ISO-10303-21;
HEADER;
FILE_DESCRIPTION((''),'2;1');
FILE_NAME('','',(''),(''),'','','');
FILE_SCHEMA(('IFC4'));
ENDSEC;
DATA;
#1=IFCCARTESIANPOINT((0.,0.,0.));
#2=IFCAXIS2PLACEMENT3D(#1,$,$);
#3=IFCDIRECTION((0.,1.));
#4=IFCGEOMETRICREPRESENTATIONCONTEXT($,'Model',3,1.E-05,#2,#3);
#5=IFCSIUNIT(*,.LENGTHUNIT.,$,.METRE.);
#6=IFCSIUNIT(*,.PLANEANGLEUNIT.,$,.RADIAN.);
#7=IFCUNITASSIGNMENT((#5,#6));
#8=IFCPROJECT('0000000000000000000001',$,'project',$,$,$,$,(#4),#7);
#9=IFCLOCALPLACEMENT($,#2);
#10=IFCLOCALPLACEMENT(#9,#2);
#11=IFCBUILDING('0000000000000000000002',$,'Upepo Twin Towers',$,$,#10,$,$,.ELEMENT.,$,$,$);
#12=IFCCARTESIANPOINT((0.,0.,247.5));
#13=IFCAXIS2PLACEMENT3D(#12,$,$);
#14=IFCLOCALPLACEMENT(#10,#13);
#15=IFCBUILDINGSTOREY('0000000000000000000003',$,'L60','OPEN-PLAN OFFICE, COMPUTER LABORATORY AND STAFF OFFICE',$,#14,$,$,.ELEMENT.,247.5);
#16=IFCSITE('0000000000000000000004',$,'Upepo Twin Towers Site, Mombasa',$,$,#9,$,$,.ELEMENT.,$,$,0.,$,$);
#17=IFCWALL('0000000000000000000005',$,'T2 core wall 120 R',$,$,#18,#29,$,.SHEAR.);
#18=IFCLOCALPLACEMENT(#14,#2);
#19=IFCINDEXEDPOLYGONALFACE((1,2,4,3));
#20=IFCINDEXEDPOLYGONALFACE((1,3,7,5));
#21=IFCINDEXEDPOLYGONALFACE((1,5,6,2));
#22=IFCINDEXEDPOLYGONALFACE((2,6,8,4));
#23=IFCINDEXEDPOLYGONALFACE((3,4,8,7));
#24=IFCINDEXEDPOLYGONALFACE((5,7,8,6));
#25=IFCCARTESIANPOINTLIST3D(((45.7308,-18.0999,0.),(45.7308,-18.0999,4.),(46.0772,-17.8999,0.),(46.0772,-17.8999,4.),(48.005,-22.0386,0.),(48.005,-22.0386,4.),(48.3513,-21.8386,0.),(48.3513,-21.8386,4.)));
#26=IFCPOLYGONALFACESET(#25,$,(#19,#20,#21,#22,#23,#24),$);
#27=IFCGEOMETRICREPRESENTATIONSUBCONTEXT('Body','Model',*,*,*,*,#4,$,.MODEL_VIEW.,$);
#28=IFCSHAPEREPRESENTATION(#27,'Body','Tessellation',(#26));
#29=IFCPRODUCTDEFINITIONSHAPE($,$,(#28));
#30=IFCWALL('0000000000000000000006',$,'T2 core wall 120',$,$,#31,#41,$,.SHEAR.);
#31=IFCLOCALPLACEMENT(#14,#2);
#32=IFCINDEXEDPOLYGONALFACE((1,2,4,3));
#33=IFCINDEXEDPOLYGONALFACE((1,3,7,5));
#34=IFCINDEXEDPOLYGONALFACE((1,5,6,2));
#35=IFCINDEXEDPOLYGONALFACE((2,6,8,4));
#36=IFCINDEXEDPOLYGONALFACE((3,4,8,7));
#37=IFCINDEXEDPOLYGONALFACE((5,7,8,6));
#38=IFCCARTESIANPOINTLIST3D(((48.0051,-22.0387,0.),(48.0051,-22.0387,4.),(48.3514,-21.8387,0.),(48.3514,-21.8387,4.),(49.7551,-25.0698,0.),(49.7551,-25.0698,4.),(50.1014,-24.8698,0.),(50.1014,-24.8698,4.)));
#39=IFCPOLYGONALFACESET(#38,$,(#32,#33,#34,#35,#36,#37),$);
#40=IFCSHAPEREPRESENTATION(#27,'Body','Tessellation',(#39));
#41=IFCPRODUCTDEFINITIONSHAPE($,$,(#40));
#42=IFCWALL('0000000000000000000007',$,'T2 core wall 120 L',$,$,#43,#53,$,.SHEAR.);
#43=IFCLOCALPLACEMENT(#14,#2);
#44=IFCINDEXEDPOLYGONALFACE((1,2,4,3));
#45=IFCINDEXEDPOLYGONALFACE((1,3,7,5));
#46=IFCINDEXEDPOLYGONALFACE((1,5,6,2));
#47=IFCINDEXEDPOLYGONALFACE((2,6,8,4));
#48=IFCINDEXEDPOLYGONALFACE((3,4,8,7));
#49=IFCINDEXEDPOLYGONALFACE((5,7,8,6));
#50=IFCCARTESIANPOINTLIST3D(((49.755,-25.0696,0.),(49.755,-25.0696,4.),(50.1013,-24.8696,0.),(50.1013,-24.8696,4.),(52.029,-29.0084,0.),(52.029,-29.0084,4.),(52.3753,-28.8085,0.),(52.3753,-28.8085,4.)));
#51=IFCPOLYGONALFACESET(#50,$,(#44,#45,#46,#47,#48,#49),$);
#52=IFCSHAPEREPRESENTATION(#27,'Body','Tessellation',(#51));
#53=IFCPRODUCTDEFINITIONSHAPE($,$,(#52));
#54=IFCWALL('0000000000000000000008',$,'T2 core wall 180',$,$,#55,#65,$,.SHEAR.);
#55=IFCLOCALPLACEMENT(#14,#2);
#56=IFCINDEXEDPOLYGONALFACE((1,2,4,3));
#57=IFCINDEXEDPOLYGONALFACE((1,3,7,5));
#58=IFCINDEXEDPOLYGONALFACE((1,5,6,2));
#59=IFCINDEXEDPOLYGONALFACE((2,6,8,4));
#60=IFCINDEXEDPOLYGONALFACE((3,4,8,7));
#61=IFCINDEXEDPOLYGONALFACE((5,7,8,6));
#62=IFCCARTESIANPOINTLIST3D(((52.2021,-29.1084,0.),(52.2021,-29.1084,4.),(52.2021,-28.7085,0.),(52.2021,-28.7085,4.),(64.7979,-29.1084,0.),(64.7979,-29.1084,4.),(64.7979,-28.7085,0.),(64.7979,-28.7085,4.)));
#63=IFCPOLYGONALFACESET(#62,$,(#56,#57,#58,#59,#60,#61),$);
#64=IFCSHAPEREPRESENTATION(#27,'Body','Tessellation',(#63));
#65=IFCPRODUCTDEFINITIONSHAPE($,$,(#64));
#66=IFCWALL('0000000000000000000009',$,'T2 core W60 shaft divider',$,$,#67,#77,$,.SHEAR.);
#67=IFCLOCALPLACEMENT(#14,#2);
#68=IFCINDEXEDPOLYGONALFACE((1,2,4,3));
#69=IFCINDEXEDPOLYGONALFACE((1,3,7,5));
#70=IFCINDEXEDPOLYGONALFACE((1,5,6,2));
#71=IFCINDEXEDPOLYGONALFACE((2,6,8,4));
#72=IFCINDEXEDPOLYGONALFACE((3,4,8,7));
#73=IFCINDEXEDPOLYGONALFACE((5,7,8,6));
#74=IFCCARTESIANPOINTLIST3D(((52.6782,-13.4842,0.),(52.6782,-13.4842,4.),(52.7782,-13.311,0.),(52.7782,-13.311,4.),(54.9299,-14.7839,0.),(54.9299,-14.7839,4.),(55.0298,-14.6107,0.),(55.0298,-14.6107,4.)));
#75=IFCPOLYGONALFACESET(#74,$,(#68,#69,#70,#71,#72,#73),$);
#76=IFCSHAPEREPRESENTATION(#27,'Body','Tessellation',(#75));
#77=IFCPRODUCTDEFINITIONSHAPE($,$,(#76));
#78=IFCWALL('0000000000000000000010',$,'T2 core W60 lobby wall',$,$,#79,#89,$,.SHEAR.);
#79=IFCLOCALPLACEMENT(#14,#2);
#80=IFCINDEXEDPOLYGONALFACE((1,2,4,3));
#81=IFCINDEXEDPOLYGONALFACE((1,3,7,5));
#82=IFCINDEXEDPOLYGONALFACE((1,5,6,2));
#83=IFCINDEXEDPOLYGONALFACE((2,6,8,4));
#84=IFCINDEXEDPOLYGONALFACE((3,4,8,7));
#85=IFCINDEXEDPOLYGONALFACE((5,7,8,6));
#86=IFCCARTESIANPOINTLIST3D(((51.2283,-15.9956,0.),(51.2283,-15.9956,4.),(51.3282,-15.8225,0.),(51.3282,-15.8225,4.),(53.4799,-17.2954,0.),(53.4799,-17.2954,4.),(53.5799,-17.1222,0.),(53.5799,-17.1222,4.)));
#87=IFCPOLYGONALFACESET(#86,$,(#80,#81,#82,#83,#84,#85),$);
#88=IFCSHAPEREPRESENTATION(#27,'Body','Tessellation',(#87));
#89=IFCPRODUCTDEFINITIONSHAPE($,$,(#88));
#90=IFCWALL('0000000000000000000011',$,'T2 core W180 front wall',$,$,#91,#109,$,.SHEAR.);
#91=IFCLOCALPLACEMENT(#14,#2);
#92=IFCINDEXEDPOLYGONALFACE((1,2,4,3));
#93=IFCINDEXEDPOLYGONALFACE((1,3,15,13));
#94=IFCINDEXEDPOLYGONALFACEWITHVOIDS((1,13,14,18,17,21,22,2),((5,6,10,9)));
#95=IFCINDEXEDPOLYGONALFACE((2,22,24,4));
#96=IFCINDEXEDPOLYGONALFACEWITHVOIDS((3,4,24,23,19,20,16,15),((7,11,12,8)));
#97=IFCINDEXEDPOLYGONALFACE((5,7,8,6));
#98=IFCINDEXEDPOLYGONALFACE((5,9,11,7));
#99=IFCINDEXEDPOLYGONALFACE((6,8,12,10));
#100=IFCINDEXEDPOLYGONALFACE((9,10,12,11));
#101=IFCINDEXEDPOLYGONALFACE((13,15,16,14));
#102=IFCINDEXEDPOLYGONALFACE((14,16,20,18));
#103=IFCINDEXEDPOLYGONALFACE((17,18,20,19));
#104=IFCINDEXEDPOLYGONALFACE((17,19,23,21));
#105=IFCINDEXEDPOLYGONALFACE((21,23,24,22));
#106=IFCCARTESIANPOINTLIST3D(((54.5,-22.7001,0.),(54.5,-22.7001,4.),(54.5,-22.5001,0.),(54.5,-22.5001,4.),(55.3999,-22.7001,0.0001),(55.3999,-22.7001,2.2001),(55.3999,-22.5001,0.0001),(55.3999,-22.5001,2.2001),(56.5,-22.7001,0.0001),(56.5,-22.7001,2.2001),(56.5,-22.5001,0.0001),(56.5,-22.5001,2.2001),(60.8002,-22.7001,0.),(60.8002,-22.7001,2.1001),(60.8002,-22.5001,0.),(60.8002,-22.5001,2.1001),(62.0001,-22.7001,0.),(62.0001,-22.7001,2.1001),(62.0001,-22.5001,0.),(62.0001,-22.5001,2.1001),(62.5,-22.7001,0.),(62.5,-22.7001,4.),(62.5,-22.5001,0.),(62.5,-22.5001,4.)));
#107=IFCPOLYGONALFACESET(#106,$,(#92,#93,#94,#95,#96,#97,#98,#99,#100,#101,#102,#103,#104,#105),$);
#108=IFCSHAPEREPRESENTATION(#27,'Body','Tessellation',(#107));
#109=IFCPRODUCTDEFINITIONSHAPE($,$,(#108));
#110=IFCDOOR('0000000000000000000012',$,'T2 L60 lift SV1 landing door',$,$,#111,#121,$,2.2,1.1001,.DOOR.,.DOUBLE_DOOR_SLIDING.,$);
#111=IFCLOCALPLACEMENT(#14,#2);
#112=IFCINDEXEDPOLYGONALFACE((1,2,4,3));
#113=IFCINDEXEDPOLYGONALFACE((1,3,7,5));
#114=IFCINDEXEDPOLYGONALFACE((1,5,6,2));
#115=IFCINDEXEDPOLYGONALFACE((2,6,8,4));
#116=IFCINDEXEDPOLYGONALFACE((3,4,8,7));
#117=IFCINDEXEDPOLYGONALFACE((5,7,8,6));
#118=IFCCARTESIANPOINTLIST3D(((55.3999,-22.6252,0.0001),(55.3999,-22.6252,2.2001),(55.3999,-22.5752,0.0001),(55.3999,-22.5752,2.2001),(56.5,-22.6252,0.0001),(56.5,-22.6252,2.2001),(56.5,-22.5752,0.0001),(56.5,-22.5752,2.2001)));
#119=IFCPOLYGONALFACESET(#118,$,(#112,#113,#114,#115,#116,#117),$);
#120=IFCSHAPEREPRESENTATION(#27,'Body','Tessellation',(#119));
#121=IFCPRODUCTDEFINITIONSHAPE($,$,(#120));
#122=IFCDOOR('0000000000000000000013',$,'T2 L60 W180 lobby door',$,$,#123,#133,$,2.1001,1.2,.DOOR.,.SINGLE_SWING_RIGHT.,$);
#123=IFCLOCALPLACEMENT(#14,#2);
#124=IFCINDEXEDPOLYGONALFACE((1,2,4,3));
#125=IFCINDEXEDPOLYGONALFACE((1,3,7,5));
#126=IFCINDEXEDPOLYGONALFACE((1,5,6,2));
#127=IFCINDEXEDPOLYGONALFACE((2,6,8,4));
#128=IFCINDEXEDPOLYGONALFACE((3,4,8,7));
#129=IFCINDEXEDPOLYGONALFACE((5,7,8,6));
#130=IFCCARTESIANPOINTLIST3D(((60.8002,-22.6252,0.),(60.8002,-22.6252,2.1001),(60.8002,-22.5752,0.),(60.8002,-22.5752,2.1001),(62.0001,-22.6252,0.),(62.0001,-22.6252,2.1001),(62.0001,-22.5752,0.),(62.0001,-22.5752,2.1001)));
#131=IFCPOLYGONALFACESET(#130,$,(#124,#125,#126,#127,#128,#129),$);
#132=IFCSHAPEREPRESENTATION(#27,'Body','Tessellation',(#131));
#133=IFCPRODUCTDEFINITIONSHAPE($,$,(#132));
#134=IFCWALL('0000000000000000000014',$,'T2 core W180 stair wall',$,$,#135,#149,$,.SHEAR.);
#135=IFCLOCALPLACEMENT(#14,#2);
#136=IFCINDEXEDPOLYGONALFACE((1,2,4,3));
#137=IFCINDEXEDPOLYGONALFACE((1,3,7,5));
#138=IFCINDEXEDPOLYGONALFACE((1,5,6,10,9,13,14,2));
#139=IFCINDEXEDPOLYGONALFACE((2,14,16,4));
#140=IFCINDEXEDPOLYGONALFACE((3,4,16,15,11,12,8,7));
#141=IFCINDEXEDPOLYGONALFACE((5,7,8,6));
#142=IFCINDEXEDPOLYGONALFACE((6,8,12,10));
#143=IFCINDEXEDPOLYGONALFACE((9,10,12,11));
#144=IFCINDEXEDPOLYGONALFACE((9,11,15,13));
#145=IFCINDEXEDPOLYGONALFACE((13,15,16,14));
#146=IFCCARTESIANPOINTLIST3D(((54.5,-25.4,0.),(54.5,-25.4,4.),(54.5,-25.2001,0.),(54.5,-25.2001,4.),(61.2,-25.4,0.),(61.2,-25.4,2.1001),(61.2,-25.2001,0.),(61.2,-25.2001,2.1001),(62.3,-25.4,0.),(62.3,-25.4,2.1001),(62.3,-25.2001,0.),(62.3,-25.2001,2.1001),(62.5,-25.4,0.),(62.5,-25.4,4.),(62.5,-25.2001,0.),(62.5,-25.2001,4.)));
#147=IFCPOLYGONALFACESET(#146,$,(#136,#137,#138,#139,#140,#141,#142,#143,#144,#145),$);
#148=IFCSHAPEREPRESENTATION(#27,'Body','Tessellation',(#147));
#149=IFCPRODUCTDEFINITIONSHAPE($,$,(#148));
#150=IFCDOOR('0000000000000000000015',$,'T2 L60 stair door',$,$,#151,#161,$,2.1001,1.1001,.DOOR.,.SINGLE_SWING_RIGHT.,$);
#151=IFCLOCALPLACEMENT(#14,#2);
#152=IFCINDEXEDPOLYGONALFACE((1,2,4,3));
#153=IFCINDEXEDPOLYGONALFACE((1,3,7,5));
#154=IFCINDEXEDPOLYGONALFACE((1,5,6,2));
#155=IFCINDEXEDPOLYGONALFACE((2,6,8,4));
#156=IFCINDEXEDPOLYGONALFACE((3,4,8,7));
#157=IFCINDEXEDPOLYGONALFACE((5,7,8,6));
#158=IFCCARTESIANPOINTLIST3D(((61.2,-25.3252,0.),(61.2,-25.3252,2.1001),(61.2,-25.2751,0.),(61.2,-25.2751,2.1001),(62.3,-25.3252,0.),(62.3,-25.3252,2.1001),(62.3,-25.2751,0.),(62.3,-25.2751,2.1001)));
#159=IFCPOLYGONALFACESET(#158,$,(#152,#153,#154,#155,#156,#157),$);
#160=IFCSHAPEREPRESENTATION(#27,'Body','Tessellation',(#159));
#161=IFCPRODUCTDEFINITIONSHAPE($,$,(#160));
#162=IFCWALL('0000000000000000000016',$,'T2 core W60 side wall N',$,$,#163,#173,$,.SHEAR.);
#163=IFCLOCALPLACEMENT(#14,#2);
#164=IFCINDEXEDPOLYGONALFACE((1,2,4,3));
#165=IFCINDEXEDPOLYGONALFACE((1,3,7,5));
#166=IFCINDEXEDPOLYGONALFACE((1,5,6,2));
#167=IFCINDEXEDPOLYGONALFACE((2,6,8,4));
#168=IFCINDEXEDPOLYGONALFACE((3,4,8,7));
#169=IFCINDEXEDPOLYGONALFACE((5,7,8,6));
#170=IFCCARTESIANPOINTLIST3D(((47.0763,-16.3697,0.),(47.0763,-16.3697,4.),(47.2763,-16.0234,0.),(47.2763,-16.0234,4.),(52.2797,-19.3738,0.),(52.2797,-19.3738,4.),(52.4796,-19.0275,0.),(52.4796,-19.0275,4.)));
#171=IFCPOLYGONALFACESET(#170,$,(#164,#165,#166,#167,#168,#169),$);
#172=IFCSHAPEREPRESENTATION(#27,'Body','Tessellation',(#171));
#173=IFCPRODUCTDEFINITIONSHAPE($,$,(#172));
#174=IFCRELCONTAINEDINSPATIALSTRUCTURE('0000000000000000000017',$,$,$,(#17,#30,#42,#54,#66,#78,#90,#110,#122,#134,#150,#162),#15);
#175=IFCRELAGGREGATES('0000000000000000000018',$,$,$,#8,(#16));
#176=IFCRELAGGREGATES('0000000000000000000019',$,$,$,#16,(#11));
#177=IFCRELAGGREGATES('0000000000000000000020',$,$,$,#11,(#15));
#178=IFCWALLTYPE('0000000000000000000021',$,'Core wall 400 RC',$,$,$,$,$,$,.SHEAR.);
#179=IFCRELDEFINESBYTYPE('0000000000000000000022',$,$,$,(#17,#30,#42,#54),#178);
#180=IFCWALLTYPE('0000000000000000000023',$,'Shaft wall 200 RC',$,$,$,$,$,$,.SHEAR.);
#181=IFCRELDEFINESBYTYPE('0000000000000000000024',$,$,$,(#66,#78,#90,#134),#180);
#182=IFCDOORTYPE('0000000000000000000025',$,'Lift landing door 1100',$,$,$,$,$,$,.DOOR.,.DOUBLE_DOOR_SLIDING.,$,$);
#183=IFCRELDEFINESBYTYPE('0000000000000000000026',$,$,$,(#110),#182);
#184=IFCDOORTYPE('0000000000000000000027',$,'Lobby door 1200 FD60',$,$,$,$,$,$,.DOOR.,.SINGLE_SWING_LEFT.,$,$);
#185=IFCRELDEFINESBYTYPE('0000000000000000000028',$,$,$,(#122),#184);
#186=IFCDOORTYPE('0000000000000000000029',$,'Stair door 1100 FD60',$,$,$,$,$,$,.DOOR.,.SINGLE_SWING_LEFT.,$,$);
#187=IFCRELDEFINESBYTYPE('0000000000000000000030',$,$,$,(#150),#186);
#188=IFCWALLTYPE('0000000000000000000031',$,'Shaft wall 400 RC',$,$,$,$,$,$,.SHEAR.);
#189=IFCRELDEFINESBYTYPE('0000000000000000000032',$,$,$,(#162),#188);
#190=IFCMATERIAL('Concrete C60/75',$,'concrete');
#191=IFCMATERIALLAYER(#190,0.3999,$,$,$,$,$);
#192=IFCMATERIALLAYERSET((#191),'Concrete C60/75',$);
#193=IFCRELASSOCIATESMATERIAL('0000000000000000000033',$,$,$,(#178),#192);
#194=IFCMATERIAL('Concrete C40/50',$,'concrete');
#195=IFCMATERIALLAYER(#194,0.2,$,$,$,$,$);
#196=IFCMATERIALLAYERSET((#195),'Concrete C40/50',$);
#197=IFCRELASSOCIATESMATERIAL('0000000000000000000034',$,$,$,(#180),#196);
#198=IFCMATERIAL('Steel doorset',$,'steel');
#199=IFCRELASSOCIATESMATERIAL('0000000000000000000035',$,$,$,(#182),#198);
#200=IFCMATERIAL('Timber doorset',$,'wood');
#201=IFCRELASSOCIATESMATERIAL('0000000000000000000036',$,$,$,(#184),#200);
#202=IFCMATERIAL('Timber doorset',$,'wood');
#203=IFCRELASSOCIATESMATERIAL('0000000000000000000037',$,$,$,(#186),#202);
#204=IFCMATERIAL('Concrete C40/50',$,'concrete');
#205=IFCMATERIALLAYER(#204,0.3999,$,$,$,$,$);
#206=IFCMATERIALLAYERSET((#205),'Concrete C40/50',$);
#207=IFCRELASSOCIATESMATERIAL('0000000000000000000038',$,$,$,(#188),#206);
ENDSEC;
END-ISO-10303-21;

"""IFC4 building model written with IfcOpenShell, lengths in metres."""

from ifc_helpers import new_model, si_unit, direction, frame, frame_2d, origin, place, context, subcontext, project, spatial, rectangle, extrude, material, layer, layer_set, type_object, element, fill, save


model = new_model("IFC4")

# Units and contexts
model_context = context("Model", 3, precision=1e-05, world=origin(), true_north=direction((0.0, 1.0)))
body_context = subcontext(model_context, "Body", "Model", "MODEL_VIEW")
ifc_project = project(units=[si_unit("LENGTHUNIT", "METRE"), si_unit("PLANEANGLEUNIT", "RADIAN")], contexts=[model_context])

# Site, building, storey
site_placement = place(None, origin())
site = spatial("IfcSite", under=ifc_project, at=site_placement, Name="Upepo Twin Towers Site, Mombasa", CompositionType="ELEMENT", RefElevation=0.0)
building_placement = place(site_placement, origin())
building = spatial("IfcBuilding", under=site, at=building_placement, Name="Upepo Twin Towers", CompositionType="ELEMENT")
storey_placement = place(building_placement, frame((0.0, 0.0, 247.5)))
storey = spatial("IfcBuildingStorey", under=building, at=storey_placement, Name="L60", Description="OPEN-PLAN OFFICE, COMPUTER LABORATORY AND STAFF OFFICE", CompositionType="ELEMENT", Elevation=247.5)

# Walls
ifc_material_1 = material(Name="Concrete C60/75", Category="concrete")
ifc_layer_1 = layer(ifc_material_1, 0.3999)
ifc_layer_set_1 = layer_set([ifc_layer_1], Name="Concrete C60/75")
wall_type_1 = type_object("IfcWallType", Name="Core wall 400 RC", PredefinedType="SHEAR", material=ifc_layer_set_1)
wall_1_placement = place(storey_placement, frame((45.9041, -18.0, 0.0), z_axis=(0.0, 0.0, 1.0), x_axis=(0.500024, -0.866011, 0.0)))
element("IfcWall", 1, at=wall_1_placement, inside=storey, type_object=wall_type_1, Name="T2 core wall 120 R", PredefinedType="SHEAR", context=body_context, shape_type="SweptSolid", body=[
    extrude(rectangle(XDim=4.5481, YDim=0.3999, at=frame_2d((2.2739, 0.0))), origin(), (0.0, 0.0, 1.0), 4.0),
])
wall_2_placement = place(storey_placement, frame((48.1782, -21.9387, 0.0), z_axis=(0.0, 0.0, 1.0), x_axis=(0.50001, -0.866019, 0.0)))
element("IfcWall", 2, at=wall_2_placement, inside=storey, type_object=wall_type_1, Name="T2 core wall 120", PredefinedType="SHEAR", context=body_context, shape_type="SweptSolid", body=[
    extrude(rectangle(XDim=3.5, YDim=0.3999, at=frame_2d((1.75, 0.0))), origin(), (0.0, 0.0, 1.0), 4.0),
])
wall_3_placement = place(storey_placement, frame((49.9282, -24.9697, 0.0), z_axis=(0.0, 0.0, 1.0), x_axis=(0.499984, -0.866035, 0.0)))
element("IfcWall", 3, at=wall_3_placement, inside=storey, type_object=wall_type_1, Name="T2 core wall 120 L", PredefinedType="SHEAR", context=body_context, shape_type="SweptSolid", body=[
    extrude(rectangle(XDim=4.5481, YDim=0.3999, at=frame_2d((2.2739, 0.0))), origin(), (0.0, 0.0, 1.0), 4.0),
])
wall_4_placement = place(storey_placement, frame((52.2021, -28.9084, 0.0), z_axis=(0.0, 0.0, 1.0), x_axis=(1.0, 0.0, 0.0)))
element("IfcWall", 4, at=wall_4_placement, inside=storey, type_object=wall_type_1, Name="T2 core wall 180", PredefinedType="SHEAR", context=body_context, shape_type="SweptSolid", body=[
    extrude(rectangle(XDim=12.5957, YDim=0.3999, at=frame_2d((6.2979, 0.0))), origin(), (0.0, 0.0, 1.0), 4.0),
])
ifc_material_2 = material(Name="Concrete C40/50", Category="concrete")
ifc_layer_2 = layer(ifc_material_2, 0.2)
ifc_layer_set_2 = layer_set([ifc_layer_2], Name="Concrete C40/50")
wall_type_2 = type_object("IfcWallType", Name="Shaft wall 200 RC", PredefinedType="SHEAR", material=ifc_layer_set_2)
for number, where, z_axis, x_axis, name in (
    (5, (54.9797, -14.6973, 0.0), (0.0, 0.0, 1.0), (-0.866062, 0.499937, 0.0), "T2 core W60 shaft divider"),
    (6, (53.5298, -17.2087, 0.0), (0.0, 0.0, 1.0), (-0.866062, 0.499937, 0.0), "T2 core W60 lobby wall"),
):
    element("IfcWall", number, at=place(storey_placement, frame(where, z_axis=z_axis, x_axis=x_axis)), inside=storey, type_object=wall_type_2, Name=name, PredefinedType="SHEAR", context=body_context, shape_type="SweptSolid", body=[
        extrude(rectangle(XDim=2.5999, YDim=0.2, at=frame_2d((1.2998, 0.0))), origin(), (0.0, 0.0, 1.0), 4.0),
    ])

# Wall, openings, doors
wall_5_placement = place(storey_placement, frame((54.5, -22.6001, 0.0), z_axis=(0.0, 0.0, 1.0), x_axis=(1.0, 0.0, 0.0)))
wall_5 = element("IfcWall", 7, at=wall_5_placement, inside=storey, type_object=wall_type_2, Name="T2 core W180 front wall", PredefinedType="SHEAR", context=body_context, shape_type="SweptSolid", body=[
    extrude(rectangle(XDim=8.0, YDim=0.2, at=frame_2d((4.0, 0.0))), origin(), (0.0, 0.0, 1.0), 4.0),
])
opening_1_placement = place(wall_5_placement, frame((6.3, 0.0, 0.0)))
opening_1 = element("IfcOpeningElement", 8, at=opening_1_placement, cuts=wall_5, PredefinedType="OPENING", context=body_context, shape_type="SweptSolid", body=[
    extrude(rectangle(XDim=1.2, YDim=2.1001, at=frame_2d((0.6001, 1.05))), frame((0.0, 0.1099, 0.0), z_axis=(0.0, -1.0, 0.0), x_axis=(1.0, 0.0, 0.0)), (0.0, 0.0, 1.0), 0.22),
])
opening_2_placement = place(wall_5_placement, frame((0.8999, 0.0, 0.0)))
opening_2 = element("IfcOpeningElement", 9, at=opening_2_placement, cuts=wall_5, PredefinedType="OPENING", context=body_context, shape_type="SweptSolid", body=[
    extrude(rectangle(XDim=1.1001, YDim=2.2, at=frame_2d((0.55, 1.1001))), frame((0.0, 0.1099, 0.0), z_axis=(0.0, -1.0, 0.0), x_axis=(1.0, 0.0, 0.0)), (0.0, 0.0, 1.0), 0.22),
])
ifc_material_3 = material(Name="Steel doorset", Category="steel")
door_type_1 = type_object("IfcDoorType", Name="Lift landing door 1100", OperationType="DOUBLE_DOOR_SLIDING", PredefinedType="DOOR", material=ifc_material_3)
door_1_placement = place(opening_2_placement, origin())
door_1 = element("IfcDoor", 10, at=door_1_placement, inside=storey, type_object=door_type_1, Name="T2 L60 lift SV1 landing door", OperationType="DOUBLE_DOOR_SLIDING", OverallHeight=2.2, OverallWidth=1.1001, PredefinedType="DOOR", context=body_context, shape_type="SweptSolid", body=[
    extrude(rectangle(XDim=1.1001, YDim=2.2, at=frame_2d((0.55, 1.1001))), frame((0.0, 0.0249, 0.0), z_axis=(0.0, -1.0, 0.0), x_axis=(1.0, 0.0, 0.0)), (0.0, 0.0, 1.0), 0.05),
])
fill(opening_2, door_1)
ifc_material_4 = material(Name="Timber doorset", Category="wood")
door_type_2 = type_object("IfcDoorType", Name="Lobby door 1200 FD60", OperationType="SINGLE_SWING_LEFT", PredefinedType="DOOR", material=ifc_material_4)
door_2_placement = place(opening_1_placement, origin())
door_2 = element("IfcDoor", 11, at=door_2_placement, inside=storey, type_object=door_type_2, Name="T2 L60 W180 lobby door", OperationType="SINGLE_SWING_RIGHT", OverallHeight=2.1001, OverallWidth=1.2, PredefinedType="DOOR", context=body_context, shape_type="SweptSolid", body=[
    extrude(rectangle(XDim=1.2, YDim=2.1001, at=frame_2d((0.6001, 1.05))), frame((0.0, 0.0249, 0.0), z_axis=(0.0, -1.0, 0.0), x_axis=(1.0, 0.0, 0.0)), (0.0, 0.0, 1.0), 0.05),
])
fill(opening_1, door_2)

# Wall, opening, door
wall_6_placement = place(storey_placement, frame((54.5, -25.3, 0.0), z_axis=(0.0, 0.0, 1.0), x_axis=(1.0, 0.0, 0.0)))
wall_6 = element("IfcWall", 12, at=wall_6_placement, inside=storey, type_object=wall_type_2, Name="T2 core W180 stair wall", PredefinedType="SHEAR", context=body_context, shape_type="SweptSolid", body=[
    extrude(rectangle(XDim=8.0, YDim=0.2, at=frame_2d((4.0, 0.0))), origin(), (0.0, 0.0, 1.0), 4.0),
])
opening_3_placement = place(wall_6_placement, frame((6.7, 0.0, 0.0)))
opening_3 = element("IfcOpeningElement", 13, at=opening_3_placement, cuts=wall_6, PredefinedType="OPENING", context=body_context, shape_type="SweptSolid", body=[
    extrude(rectangle(XDim=1.1001, YDim=2.1001, at=frame_2d((0.55, 1.05))), frame((0.0, 0.1099, 0.0), z_axis=(0.0, -1.0, 0.0), x_axis=(1.0, 0.0, 0.0)), (0.0, 0.0, 1.0), 0.22),
])
ifc_material_5 = material(Name="Timber doorset", Category="wood")
door_type_3 = type_object("IfcDoorType", Name="Stair door 1100 FD60", OperationType="SINGLE_SWING_LEFT", PredefinedType="DOOR", material=ifc_material_5)
door_3_placement = place(opening_3_placement, origin())
door_3 = element("IfcDoor", 14, at=door_3_placement, inside=storey, type_object=door_type_3, Name="T2 L60 stair door", OperationType="SINGLE_SWING_RIGHT", OverallHeight=2.1001, OverallWidth=1.1001, PredefinedType="DOOR", context=body_context, shape_type="SweptSolid", body=[
    extrude(rectangle(XDim=1.1001, YDim=2.1001, at=frame_2d((0.55, 1.05))), frame((0.0, 0.0249, 0.0), z_axis=(0.0, -1.0, 0.0), x_axis=(1.0, 0.0, 0.0)), (0.0, 0.0, 1.0), 0.05),
])
fill(opening_3, door_3)

# Wall
ifc_material_6 = material(Name="Concrete C40/50", Category="concrete")
ifc_layer_3 = layer(ifc_material_6, 0.3999)
ifc_layer_set_3 = layer_set([ifc_layer_3], Name="Concrete C40/50")
wall_type_3 = type_object("IfcWallType", Name="Shaft wall 400 RC", PredefinedType="SHEAR", material=ifc_layer_set_3)
for number, where, z_axis, x_axis, name in (
    (15, (52.3796, -19.2007, 0.0), (0.0, 0.0, 1.0), (-0.866027, 0.499998, 0.0), "T2 core W60 side wall N"),
):
    element("IfcWall", number, at=place(storey_placement, frame(where, z_axis=z_axis, x_axis=x_axis)), inside=storey, type_object=wall_type_3, Name=name, PredefinedType="SHEAR", context=body_context, shape_type="SweptSolid", body=[
        extrude(rectangle(XDim=6.0083, YDim=0.3999, at=frame_2d((3.0042, 0.0))), origin(), (0.0, 0.0, 1.0), 4.0),
    ])

save(model, "model.ifc")
